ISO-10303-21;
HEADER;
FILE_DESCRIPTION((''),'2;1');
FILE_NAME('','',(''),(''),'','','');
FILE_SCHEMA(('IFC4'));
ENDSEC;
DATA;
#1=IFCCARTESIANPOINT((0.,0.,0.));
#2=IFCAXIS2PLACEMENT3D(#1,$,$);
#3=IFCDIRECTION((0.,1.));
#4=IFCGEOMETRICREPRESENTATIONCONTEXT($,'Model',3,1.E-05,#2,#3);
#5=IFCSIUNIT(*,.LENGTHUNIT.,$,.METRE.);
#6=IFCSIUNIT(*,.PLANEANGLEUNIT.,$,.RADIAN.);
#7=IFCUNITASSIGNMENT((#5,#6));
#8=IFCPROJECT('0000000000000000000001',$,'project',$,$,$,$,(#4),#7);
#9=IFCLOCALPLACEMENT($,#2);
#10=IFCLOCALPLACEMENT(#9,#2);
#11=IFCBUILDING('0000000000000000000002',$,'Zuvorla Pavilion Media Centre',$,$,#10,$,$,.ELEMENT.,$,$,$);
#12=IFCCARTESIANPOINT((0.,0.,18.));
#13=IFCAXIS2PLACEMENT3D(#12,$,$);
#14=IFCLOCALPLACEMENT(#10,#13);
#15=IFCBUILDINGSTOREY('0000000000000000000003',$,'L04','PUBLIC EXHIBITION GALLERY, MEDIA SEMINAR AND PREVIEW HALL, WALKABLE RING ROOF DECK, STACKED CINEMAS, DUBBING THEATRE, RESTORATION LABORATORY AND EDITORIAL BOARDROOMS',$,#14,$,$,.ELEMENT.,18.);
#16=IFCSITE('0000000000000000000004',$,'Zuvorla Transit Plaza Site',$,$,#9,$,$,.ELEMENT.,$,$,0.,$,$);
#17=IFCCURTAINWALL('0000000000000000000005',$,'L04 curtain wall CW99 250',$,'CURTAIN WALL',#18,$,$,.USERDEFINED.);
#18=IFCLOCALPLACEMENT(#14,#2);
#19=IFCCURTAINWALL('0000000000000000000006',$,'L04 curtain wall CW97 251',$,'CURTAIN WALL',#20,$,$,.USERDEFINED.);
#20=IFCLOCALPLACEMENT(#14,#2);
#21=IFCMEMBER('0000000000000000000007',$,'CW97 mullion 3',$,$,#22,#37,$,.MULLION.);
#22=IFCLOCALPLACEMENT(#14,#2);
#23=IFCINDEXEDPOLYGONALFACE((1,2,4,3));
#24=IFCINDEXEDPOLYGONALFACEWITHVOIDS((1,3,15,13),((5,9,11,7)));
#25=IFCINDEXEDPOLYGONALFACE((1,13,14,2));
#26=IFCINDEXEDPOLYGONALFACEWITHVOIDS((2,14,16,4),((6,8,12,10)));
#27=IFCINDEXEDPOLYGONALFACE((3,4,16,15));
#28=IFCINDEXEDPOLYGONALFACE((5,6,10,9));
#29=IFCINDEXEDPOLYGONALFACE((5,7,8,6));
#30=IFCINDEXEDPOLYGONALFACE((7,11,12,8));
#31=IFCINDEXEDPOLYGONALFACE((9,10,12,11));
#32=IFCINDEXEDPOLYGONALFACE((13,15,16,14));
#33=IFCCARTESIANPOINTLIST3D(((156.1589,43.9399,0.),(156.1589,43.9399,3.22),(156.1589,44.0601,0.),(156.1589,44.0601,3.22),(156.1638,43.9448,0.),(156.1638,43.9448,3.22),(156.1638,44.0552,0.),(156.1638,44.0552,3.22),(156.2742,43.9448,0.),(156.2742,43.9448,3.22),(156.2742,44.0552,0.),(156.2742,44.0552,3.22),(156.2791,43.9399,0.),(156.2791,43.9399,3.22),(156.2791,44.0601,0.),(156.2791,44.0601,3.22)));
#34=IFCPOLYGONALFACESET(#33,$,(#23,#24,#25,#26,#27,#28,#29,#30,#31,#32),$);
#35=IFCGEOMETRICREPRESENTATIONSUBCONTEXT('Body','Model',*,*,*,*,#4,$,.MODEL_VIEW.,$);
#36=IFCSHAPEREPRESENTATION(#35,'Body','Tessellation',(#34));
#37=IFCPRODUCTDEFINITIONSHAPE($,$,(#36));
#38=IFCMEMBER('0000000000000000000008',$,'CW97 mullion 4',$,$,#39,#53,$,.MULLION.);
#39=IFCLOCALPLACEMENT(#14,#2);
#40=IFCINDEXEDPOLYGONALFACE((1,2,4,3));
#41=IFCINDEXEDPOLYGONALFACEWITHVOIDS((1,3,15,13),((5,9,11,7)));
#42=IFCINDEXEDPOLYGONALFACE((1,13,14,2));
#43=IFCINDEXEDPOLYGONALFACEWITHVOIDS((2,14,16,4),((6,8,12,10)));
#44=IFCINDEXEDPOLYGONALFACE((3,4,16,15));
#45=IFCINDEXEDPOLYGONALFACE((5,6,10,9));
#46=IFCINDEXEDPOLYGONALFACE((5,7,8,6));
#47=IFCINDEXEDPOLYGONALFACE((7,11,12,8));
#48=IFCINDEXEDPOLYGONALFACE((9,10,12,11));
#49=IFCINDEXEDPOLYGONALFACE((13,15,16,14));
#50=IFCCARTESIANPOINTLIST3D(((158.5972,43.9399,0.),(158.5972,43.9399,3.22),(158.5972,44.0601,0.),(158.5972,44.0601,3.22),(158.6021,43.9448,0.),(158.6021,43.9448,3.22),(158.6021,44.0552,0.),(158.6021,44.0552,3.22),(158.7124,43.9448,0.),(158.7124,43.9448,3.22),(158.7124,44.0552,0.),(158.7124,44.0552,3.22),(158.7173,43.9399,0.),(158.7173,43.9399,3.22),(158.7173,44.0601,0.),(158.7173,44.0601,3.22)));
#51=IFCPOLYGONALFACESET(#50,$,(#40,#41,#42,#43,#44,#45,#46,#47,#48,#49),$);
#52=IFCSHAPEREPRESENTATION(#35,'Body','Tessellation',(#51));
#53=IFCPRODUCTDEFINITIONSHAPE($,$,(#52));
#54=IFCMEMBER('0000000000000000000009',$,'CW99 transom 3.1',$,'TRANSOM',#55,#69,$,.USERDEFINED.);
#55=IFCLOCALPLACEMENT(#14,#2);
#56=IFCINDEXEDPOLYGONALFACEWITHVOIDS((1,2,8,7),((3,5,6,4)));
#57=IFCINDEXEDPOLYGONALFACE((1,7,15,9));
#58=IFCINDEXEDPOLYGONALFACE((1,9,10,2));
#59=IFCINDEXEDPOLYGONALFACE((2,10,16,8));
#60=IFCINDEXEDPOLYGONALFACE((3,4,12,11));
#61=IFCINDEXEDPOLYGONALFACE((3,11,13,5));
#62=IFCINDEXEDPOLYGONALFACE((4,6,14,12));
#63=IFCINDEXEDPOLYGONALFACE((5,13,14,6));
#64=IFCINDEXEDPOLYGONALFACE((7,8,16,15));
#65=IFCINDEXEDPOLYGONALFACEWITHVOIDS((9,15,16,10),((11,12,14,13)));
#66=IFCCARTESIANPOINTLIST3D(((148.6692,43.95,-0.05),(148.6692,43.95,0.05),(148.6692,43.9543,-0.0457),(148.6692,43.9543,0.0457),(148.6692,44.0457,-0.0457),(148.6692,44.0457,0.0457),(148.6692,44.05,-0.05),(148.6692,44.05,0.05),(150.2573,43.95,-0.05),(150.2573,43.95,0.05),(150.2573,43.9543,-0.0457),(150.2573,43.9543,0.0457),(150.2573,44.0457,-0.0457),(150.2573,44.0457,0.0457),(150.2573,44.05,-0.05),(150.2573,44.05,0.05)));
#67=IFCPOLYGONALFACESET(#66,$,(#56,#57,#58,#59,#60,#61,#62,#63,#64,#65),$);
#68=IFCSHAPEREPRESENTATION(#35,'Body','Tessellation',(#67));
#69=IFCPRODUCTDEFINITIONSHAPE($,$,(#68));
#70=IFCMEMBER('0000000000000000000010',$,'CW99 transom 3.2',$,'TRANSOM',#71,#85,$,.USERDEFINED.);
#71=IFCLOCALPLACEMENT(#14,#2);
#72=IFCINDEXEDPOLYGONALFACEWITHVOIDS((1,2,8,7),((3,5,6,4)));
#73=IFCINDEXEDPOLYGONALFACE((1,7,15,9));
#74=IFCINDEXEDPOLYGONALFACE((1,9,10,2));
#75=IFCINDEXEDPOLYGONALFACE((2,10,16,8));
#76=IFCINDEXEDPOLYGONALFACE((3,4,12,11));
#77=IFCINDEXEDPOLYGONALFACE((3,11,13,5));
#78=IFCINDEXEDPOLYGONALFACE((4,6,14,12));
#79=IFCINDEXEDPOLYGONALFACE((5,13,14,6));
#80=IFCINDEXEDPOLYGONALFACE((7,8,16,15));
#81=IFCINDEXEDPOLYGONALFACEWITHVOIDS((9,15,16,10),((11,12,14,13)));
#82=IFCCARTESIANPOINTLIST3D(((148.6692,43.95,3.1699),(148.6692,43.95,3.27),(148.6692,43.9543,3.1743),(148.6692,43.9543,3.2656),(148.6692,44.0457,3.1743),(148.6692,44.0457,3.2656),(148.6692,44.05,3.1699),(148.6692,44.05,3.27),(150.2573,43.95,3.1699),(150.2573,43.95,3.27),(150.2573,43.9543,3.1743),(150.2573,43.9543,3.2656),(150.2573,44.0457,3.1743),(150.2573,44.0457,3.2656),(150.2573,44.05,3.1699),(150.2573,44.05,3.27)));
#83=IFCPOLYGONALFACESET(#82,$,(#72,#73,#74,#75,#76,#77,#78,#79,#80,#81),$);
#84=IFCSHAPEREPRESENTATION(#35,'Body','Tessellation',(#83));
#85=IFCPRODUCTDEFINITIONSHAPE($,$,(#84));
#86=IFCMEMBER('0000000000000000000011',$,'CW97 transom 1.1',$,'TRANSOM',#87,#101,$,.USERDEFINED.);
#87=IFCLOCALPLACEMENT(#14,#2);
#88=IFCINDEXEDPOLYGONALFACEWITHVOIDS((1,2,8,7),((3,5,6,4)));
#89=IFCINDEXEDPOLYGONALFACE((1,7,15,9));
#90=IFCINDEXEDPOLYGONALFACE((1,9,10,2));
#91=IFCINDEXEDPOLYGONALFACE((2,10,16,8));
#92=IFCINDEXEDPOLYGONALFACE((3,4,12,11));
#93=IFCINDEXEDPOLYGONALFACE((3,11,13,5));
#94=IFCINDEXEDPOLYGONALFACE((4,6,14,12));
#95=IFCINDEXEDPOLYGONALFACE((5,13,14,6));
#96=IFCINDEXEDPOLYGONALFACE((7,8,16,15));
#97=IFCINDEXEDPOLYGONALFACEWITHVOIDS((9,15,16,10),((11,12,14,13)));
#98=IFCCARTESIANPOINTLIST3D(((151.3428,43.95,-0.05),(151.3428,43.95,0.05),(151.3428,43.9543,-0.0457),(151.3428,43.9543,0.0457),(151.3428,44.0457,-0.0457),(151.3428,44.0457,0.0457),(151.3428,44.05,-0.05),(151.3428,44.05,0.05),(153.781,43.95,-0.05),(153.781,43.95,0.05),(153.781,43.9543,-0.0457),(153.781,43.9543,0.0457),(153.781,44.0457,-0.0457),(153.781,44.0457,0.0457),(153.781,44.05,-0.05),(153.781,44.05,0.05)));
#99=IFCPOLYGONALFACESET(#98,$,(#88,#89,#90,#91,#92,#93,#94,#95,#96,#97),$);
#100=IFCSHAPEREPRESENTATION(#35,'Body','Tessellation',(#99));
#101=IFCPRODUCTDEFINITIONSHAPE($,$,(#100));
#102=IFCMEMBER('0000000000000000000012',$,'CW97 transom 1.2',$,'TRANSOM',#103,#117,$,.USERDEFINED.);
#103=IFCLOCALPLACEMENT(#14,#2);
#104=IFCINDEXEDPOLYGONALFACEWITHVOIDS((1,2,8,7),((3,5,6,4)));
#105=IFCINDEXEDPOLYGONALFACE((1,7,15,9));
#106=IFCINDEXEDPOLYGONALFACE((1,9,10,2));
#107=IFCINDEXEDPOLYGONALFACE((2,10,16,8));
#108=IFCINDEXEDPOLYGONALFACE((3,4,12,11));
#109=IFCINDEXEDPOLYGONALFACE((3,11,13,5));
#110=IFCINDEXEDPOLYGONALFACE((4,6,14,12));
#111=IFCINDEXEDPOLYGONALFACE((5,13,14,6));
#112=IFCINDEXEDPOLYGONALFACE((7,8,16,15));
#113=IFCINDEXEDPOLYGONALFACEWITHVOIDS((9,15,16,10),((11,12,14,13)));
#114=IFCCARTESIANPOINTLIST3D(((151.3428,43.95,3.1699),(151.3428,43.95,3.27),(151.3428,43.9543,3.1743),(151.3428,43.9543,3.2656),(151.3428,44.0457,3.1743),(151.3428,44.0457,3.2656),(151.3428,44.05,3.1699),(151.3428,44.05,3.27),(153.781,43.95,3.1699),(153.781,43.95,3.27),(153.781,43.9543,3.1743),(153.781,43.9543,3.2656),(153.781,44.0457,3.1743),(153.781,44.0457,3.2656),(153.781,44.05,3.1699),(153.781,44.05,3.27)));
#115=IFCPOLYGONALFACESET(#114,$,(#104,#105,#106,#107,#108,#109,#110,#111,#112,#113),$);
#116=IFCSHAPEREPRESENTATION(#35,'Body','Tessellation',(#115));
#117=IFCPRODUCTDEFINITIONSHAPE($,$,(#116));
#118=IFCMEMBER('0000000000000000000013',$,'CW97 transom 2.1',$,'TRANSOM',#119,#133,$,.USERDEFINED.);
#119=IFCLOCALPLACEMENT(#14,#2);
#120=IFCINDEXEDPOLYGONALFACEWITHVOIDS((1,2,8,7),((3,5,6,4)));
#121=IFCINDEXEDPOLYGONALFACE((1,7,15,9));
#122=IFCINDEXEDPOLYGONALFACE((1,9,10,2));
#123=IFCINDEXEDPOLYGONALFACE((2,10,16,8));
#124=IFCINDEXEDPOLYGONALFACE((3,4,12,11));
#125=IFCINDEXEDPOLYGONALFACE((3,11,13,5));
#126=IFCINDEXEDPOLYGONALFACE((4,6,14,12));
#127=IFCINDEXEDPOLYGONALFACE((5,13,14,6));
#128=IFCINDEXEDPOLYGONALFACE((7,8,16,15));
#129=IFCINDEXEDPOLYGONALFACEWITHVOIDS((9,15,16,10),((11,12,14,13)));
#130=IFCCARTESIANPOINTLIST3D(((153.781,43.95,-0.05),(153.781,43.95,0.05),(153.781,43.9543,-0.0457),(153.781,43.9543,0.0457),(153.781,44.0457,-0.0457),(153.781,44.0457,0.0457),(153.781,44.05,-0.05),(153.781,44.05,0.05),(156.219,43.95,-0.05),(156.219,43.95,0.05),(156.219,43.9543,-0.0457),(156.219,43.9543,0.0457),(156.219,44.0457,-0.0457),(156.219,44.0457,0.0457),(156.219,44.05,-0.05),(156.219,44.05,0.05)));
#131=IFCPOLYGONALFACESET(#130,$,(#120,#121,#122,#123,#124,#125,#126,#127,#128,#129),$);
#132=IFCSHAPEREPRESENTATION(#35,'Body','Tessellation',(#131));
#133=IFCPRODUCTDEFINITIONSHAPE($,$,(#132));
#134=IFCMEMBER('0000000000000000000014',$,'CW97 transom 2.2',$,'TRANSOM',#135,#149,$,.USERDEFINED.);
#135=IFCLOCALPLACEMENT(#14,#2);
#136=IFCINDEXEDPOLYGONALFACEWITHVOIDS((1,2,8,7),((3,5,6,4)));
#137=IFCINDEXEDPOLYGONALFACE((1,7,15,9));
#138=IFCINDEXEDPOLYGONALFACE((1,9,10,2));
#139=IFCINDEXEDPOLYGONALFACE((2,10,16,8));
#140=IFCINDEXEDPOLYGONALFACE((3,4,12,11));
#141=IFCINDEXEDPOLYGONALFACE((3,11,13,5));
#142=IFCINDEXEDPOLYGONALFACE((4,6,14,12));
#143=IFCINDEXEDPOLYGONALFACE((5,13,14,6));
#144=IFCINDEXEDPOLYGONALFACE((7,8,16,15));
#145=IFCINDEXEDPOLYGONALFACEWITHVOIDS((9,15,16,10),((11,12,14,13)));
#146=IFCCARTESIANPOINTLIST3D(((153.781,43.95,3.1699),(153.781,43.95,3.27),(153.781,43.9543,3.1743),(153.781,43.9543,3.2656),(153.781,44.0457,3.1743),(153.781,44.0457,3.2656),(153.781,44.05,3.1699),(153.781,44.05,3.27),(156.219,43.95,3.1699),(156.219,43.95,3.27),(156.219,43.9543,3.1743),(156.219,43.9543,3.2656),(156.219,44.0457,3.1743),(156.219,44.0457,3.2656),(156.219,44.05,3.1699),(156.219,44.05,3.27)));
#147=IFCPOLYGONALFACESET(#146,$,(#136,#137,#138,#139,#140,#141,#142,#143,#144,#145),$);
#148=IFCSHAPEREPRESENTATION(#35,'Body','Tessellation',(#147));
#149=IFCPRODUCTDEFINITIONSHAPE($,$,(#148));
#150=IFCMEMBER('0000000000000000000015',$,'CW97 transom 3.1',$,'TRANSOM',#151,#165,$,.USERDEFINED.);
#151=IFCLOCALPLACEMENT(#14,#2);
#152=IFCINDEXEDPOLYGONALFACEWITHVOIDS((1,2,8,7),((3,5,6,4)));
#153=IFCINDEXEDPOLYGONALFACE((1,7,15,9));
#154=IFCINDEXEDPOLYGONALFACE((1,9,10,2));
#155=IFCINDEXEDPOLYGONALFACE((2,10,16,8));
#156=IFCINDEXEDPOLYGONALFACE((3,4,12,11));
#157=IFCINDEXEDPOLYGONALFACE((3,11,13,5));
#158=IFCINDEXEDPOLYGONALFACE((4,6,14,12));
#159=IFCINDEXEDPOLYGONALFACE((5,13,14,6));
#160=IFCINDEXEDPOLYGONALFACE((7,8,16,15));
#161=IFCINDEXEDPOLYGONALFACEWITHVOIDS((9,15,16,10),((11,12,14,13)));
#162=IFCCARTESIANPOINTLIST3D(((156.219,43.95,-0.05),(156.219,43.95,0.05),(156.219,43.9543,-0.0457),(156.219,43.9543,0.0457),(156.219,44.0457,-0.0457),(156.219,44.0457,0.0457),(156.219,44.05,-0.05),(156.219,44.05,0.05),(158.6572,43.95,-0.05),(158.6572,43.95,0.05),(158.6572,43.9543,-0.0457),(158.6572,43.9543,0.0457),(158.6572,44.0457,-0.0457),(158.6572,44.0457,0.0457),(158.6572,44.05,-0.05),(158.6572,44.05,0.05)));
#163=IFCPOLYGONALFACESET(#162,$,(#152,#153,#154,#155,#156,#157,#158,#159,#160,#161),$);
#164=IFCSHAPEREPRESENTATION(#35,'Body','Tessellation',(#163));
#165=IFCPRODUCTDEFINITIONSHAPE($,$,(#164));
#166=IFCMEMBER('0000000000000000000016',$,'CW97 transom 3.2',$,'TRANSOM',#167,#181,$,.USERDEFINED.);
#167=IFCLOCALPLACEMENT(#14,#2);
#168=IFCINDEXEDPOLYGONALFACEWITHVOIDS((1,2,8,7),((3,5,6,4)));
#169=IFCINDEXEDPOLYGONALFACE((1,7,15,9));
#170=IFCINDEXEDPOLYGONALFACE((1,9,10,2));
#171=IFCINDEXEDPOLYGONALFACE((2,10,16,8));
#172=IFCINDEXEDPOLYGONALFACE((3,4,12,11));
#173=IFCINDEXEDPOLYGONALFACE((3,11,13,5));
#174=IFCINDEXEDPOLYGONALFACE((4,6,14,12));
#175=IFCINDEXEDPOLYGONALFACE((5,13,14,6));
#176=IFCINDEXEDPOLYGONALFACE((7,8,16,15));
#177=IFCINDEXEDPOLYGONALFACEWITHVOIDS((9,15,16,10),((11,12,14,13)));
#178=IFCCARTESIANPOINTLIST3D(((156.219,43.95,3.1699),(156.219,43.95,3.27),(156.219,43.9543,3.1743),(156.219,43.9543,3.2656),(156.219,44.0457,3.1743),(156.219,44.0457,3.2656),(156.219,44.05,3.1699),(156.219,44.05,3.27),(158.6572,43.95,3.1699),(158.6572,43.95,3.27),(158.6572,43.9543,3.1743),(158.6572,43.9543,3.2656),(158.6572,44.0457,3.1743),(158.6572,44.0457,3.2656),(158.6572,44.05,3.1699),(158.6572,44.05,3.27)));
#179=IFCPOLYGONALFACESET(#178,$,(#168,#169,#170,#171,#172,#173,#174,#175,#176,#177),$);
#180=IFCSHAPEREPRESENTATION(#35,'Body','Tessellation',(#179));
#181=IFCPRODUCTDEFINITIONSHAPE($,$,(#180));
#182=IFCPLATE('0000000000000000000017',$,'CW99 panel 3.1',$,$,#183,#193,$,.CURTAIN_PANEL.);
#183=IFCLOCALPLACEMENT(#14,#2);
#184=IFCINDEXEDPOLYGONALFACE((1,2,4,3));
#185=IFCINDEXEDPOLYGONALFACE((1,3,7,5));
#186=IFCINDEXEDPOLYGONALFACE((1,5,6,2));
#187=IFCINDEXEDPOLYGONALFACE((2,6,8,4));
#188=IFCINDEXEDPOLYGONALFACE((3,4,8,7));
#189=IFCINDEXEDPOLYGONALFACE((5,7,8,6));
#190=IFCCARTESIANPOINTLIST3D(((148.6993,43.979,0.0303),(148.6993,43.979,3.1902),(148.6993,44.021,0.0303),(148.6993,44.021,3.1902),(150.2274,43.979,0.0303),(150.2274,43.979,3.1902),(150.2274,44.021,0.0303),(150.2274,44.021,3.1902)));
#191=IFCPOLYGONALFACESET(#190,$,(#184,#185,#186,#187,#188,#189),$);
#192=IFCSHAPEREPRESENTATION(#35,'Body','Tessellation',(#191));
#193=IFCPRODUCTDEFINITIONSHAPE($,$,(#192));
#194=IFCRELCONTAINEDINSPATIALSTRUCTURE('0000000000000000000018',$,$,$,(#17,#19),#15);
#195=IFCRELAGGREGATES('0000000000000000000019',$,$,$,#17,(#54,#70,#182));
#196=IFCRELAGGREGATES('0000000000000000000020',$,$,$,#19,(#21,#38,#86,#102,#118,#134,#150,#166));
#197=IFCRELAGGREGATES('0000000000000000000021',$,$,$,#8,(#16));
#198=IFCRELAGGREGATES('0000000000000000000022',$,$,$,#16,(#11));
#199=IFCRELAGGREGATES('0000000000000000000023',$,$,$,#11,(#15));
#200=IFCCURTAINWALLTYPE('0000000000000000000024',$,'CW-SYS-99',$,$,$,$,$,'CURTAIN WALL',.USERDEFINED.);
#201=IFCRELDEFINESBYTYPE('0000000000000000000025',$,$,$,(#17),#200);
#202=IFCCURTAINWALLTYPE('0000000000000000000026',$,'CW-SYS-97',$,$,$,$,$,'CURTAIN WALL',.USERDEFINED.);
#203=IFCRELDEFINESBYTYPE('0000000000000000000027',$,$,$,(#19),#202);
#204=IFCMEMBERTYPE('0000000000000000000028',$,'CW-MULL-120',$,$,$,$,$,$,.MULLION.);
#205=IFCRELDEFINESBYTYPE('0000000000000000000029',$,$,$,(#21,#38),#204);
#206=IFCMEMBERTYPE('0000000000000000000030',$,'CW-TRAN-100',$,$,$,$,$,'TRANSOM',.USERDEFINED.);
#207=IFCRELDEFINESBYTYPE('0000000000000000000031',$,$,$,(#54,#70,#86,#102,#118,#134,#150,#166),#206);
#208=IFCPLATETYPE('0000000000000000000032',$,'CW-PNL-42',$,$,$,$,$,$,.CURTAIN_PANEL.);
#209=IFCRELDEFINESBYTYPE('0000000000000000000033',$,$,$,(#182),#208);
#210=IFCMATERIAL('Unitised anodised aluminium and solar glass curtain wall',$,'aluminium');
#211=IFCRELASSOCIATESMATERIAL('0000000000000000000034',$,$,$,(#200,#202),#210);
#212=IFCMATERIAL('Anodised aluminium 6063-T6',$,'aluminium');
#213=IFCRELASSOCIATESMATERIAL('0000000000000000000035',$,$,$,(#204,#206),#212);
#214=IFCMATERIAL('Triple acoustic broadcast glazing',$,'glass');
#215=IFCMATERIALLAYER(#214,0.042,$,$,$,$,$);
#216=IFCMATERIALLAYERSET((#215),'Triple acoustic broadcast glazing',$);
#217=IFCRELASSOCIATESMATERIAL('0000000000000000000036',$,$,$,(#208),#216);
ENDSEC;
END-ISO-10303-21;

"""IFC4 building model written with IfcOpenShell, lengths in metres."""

from ifc_helpers import new_model, si_unit, direction, frame, origin, origin_2d, place, context, subcontext, project, spatial, rectangle, hollow_rectangle, extrude, material, layer, layer_set, material_profile, profile_set, type_object, element, aggregate, save


model = new_model("IFC4")

# Units and contexts
model_context = context("Model", 3, precision=1e-05, world=origin(), true_north=direction((0.0, 1.0)))
body_context = subcontext(model_context, "Body", "Model", "MODEL_VIEW")
ifc_project = project(units=[si_unit("LENGTHUNIT", "METRE"), si_unit("PLANEANGLEUNIT", "RADIAN")], contexts=[model_context])

# Site, building, storey
site_placement = place(None, origin())
site = spatial("IfcSite", under=ifc_project, at=site_placement, Name="Zuvorla Transit Plaza Site", CompositionType="ELEMENT", RefElevation=0.0)
building_placement = place(site_placement, origin())
building = spatial("IfcBuilding", under=site, at=building_placement, Name="Zuvorla Pavilion Media Centre", CompositionType="ELEMENT")
storey_placement = place(building_placement, frame((0.0, 0.0, 18.0)))
storey = spatial("IfcBuildingStorey", under=building, at=storey_placement, Name="L04", Description="PUBLIC EXHIBITION GALLERY, MEDIA SEMINAR AND PREVIEW HALL, WALKABLE RING ROOF DECK, STACKED CINEMAS, DUBBING THEATRE, RESTORATION LABORATORY AND EDITORIAL BOARDROOMS", CompositionType="ELEMENT", Elevation=18.0)

# Curtain wall
ifc_material_1 = material(Name="Unitised anodised aluminium and solar glass curtain wall", Category="aluminium")
curtain_wall_type_1 = type_object("IfcCurtainWallType", Name="CW-SYS-99", ElementType="CURTAIN WALL", PredefinedType="USERDEFINED", material=ifc_material_1)
curtain_wall_1_placement = place(storey_placement, origin())
curtain_wall_1 = element("IfcCurtainWall", 1, at=curtain_wall_1_placement, inside=storey, type_object=curtain_wall_type_1, Name="L04 curtain wall CW99 250", ObjectType="CURTAIN WALL", PredefinedType="USERDEFINED")
ifc_material_2 = material(Name="Anodised aluminium 6063-T6", Category="aluminium")
ifc_material_profile_1 = material_profile(ifc_material_2, hollow_rectangle(XDim=0.1201, YDim=0.1201, WallThickness=0.0049, at=origin_2d()), Name="ALU MULL 120x120")
ifc_profile_set_1 = profile_set([ifc_material_profile_1], Name="Anodised aluminium 6063-T6")
member_type_1 = type_object("IfcMemberType", Name="CW-MULL-120", PredefinedType="MULLION", material=ifc_profile_set_1)

# Curtain wall, members
curtain_wall_type_2 = type_object("IfcCurtainWallType", Name="CW-SYS-97", ElementType="CURTAIN WALL", PredefinedType="USERDEFINED", material=ifc_material_1)
curtain_wall_2_placement = place(storey_placement, origin())
curtain_wall_2 = element("IfcCurtainWall", 2, at=curtain_wall_2_placement, inside=storey, type_object=curtain_wall_type_2, Name="L04 curtain wall CW97 251", ObjectType="CURTAIN WALL", PredefinedType="USERDEFINED")
member_1_placement = place(storey_placement, frame((156.219, 44.0, 0.0), z_axis=(0.0, 0.0, 1.0), x_axis=(1.0, 0.0, 0.0)))
member_1 = element("IfcMember", 3, at=member_1_placement, type_object=member_type_1, Name="CW97 mullion 3", PredefinedType="MULLION", context=body_context, shape_type="SweptSolid", body=[
    extrude(hollow_rectangle(XDim=0.1201, YDim=0.1201, WallThickness=0.0049, at=origin_2d()), origin(), (0.0, 0.0, 1.0), 3.22),
])
member_2_placement = place(storey_placement, frame((158.6572, 44.0, 0.0), z_axis=(0.0, 0.0, 1.0), x_axis=(1.0, 0.0, 0.0)))
member_2 = element("IfcMember", 4, at=member_2_placement, type_object=member_type_1, Name="CW97 mullion 4", PredefinedType="MULLION", context=body_context, shape_type="SweptSolid", body=[
    extrude(hollow_rectangle(XDim=0.1201, YDim=0.1201, WallThickness=0.0049, at=origin_2d()), origin(), (0.0, 0.0, 1.0), 3.22),
])

# Members
ifc_material_profile_2 = material_profile(ifc_material_2, hollow_rectangle(XDim=0.1001, YDim=0.1001, WallThickness=0.0044, at=origin_2d()), Name="ALU TRAN 100x100")
ifc_profile_set_2 = profile_set([ifc_material_profile_2], Name="Anodised aluminium 6063-T6")
member_type_2 = type_object("IfcMemberType", Name="CW-TRAN-100", ElementType="TRANSOM", PredefinedType="USERDEFINED", material=ifc_profile_set_2)
member_3_placement = place(storey_placement, frame((148.6692, 44.0, 0.0), z_axis=(1.0, 0.0, 0.0), x_axis=(0.0, 1.0, 0.0)))
member_3 = element("IfcMember", 5, at=member_3_placement, type_object=member_type_2, Name="CW99 transom 3.1", ObjectType="TRANSOM", PredefinedType="USERDEFINED", context=body_context, shape_type="SweptSolid", body=[
    extrude(hollow_rectangle(XDim=0.1001, YDim=0.1001, WallThickness=0.0044, at=origin_2d()), origin(), (0.0, 0.0, 1.0), 1.5881),
])
member_4_placement = place(storey_placement, frame((148.6692, 44.0, 3.22), z_axis=(1.0, 0.0, 0.0), x_axis=(0.0, 1.0, 0.0)))
member_4 = element("IfcMember", 6, at=member_4_placement, type_object=member_type_2, Name="CW99 transom 3.2", ObjectType="TRANSOM", PredefinedType="USERDEFINED", context=body_context, shape_type="SweptSolid", body=[
    extrude(hollow_rectangle(XDim=0.1001, YDim=0.1001, WallThickness=0.0044, at=origin_2d()), origin(), (0.0, 0.0, 1.0), 1.5881),
])
member_5_placement = place(storey_placement, frame((151.3428, 44.0, 0.0), z_axis=(1.0, 0.0, 0.0), x_axis=(0.0, 1.0, 0.0)))
member_5 = element("IfcMember", 7, at=member_5_placement, type_object=member_type_2, Name="CW97 transom 1.1", ObjectType="TRANSOM", PredefinedType="USERDEFINED", context=body_context, shape_type="SweptSolid", body=[
    extrude(hollow_rectangle(XDim=0.1001, YDim=0.1001, WallThickness=0.0044, at=origin_2d()), origin(), (0.0, 0.0, 1.0), 2.4382),
])
member_6_placement = place(storey_placement, frame((151.3428, 44.0, 3.22), z_axis=(1.0, 0.0, 0.0), x_axis=(0.0, 1.0, 0.0)))
member_6 = element("IfcMember", 8, at=member_6_placement, type_object=member_type_2, Name="CW97 transom 1.2", ObjectType="TRANSOM", PredefinedType="USERDEFINED", context=body_context, shape_type="SweptSolid", body=[
    extrude(hollow_rectangle(XDim=0.1001, YDim=0.1001, WallThickness=0.0044, at=origin_2d()), origin(), (0.0, 0.0, 1.0), 2.4382),
])
member_7_placement = place(storey_placement, frame((153.781, 44.0, 0.0), z_axis=(1.0, 0.0, 0.0), x_axis=(0.0, 1.0, 0.0)))
member_7 = element("IfcMember", 9, at=member_7_placement, type_object=member_type_2, Name="CW97 transom 2.1", ObjectType="TRANSOM", PredefinedType="USERDEFINED", context=body_context, shape_type="SweptSolid", body=[
    extrude(hollow_rectangle(XDim=0.1001, YDim=0.1001, WallThickness=0.0044, at=origin_2d()), origin(), (0.0, 0.0, 1.0), 2.438),
])
member_8_placement = place(storey_placement, frame((153.781, 44.0, 3.22), z_axis=(1.0, 0.0, 0.0), x_axis=(0.0, 1.0, 0.0)))
member_8 = element("IfcMember", 10, at=member_8_placement, type_object=member_type_2, Name="CW97 transom 2.2", ObjectType="TRANSOM", PredefinedType="USERDEFINED", context=body_context, shape_type="SweptSolid", body=[
    extrude(hollow_rectangle(XDim=0.1001, YDim=0.1001, WallThickness=0.0044, at=origin_2d()), origin(), (0.0, 0.0, 1.0), 2.438),
])
member_9_placement = place(storey_placement, frame((156.219, 44.0, 0.0), z_axis=(1.0, 0.0, 0.0), x_axis=(0.0, 1.0, 0.0)))
member_9 = element("IfcMember", 11, at=member_9_placement, type_object=member_type_2, Name="CW97 transom 3.1", ObjectType="TRANSOM", PredefinedType="USERDEFINED", context=body_context, shape_type="SweptSolid", body=[
    extrude(hollow_rectangle(XDim=0.1001, YDim=0.1001, WallThickness=0.0044, at=origin_2d()), origin(), (0.0, 0.0, 1.0), 2.4382),
])
member_10_placement = place(storey_placement, frame((156.219, 44.0, 3.22), z_axis=(1.0, 0.0, 0.0), x_axis=(0.0, 1.0, 0.0)))
member_10 = element("IfcMember", 12, at=member_10_placement, type_object=member_type_2, Name="CW97 transom 3.2", ObjectType="TRANSOM", PredefinedType="USERDEFINED", context=body_context, shape_type="SweptSolid", body=[
    extrude(hollow_rectangle(XDim=0.1001, YDim=0.1001, WallThickness=0.0044, at=origin_2d()), origin(), (0.0, 0.0, 1.0), 2.4382),
])

# Plate
ifc_material_3 = material(Name="Triple acoustic broadcast glazing", Category="glass")
ifc_layer = layer(ifc_material_3, 0.042)
ifc_layer_set = layer_set([ifc_layer], Name="Triple acoustic broadcast glazing")
plate_type = type_object("IfcPlateType", Name="CW-PNL-42", PredefinedType="CURTAIN_PANEL", material=ifc_layer_set)
plate_1_placement = place(storey_placement, frame((149.4634, 44.0, 0.0303), z_axis=(0.0, 0.0, 1.0), x_axis=(1.0, 0.0, 0.0)))
plate_1 = element("IfcPlate", 13, at=plate_1_placement, type_object=plate_type, Name="CW99 panel 3.1", PredefinedType="CURTAIN_PANEL", context=body_context, shape_type="SweptSolid", body=[
    extrude(rectangle(XDim=1.5281, YDim=0.042, at=origin_2d()), origin(), (0.0, 0.0, 1.0), 3.1599),
])
aggregate(curtain_wall_1, [member_3, member_4, plate_1])
aggregate(curtain_wall_2, [member_1, member_2, member_5, member_6, member_7, member_8, member_9, member_10])

save(model, "model.ifc")
